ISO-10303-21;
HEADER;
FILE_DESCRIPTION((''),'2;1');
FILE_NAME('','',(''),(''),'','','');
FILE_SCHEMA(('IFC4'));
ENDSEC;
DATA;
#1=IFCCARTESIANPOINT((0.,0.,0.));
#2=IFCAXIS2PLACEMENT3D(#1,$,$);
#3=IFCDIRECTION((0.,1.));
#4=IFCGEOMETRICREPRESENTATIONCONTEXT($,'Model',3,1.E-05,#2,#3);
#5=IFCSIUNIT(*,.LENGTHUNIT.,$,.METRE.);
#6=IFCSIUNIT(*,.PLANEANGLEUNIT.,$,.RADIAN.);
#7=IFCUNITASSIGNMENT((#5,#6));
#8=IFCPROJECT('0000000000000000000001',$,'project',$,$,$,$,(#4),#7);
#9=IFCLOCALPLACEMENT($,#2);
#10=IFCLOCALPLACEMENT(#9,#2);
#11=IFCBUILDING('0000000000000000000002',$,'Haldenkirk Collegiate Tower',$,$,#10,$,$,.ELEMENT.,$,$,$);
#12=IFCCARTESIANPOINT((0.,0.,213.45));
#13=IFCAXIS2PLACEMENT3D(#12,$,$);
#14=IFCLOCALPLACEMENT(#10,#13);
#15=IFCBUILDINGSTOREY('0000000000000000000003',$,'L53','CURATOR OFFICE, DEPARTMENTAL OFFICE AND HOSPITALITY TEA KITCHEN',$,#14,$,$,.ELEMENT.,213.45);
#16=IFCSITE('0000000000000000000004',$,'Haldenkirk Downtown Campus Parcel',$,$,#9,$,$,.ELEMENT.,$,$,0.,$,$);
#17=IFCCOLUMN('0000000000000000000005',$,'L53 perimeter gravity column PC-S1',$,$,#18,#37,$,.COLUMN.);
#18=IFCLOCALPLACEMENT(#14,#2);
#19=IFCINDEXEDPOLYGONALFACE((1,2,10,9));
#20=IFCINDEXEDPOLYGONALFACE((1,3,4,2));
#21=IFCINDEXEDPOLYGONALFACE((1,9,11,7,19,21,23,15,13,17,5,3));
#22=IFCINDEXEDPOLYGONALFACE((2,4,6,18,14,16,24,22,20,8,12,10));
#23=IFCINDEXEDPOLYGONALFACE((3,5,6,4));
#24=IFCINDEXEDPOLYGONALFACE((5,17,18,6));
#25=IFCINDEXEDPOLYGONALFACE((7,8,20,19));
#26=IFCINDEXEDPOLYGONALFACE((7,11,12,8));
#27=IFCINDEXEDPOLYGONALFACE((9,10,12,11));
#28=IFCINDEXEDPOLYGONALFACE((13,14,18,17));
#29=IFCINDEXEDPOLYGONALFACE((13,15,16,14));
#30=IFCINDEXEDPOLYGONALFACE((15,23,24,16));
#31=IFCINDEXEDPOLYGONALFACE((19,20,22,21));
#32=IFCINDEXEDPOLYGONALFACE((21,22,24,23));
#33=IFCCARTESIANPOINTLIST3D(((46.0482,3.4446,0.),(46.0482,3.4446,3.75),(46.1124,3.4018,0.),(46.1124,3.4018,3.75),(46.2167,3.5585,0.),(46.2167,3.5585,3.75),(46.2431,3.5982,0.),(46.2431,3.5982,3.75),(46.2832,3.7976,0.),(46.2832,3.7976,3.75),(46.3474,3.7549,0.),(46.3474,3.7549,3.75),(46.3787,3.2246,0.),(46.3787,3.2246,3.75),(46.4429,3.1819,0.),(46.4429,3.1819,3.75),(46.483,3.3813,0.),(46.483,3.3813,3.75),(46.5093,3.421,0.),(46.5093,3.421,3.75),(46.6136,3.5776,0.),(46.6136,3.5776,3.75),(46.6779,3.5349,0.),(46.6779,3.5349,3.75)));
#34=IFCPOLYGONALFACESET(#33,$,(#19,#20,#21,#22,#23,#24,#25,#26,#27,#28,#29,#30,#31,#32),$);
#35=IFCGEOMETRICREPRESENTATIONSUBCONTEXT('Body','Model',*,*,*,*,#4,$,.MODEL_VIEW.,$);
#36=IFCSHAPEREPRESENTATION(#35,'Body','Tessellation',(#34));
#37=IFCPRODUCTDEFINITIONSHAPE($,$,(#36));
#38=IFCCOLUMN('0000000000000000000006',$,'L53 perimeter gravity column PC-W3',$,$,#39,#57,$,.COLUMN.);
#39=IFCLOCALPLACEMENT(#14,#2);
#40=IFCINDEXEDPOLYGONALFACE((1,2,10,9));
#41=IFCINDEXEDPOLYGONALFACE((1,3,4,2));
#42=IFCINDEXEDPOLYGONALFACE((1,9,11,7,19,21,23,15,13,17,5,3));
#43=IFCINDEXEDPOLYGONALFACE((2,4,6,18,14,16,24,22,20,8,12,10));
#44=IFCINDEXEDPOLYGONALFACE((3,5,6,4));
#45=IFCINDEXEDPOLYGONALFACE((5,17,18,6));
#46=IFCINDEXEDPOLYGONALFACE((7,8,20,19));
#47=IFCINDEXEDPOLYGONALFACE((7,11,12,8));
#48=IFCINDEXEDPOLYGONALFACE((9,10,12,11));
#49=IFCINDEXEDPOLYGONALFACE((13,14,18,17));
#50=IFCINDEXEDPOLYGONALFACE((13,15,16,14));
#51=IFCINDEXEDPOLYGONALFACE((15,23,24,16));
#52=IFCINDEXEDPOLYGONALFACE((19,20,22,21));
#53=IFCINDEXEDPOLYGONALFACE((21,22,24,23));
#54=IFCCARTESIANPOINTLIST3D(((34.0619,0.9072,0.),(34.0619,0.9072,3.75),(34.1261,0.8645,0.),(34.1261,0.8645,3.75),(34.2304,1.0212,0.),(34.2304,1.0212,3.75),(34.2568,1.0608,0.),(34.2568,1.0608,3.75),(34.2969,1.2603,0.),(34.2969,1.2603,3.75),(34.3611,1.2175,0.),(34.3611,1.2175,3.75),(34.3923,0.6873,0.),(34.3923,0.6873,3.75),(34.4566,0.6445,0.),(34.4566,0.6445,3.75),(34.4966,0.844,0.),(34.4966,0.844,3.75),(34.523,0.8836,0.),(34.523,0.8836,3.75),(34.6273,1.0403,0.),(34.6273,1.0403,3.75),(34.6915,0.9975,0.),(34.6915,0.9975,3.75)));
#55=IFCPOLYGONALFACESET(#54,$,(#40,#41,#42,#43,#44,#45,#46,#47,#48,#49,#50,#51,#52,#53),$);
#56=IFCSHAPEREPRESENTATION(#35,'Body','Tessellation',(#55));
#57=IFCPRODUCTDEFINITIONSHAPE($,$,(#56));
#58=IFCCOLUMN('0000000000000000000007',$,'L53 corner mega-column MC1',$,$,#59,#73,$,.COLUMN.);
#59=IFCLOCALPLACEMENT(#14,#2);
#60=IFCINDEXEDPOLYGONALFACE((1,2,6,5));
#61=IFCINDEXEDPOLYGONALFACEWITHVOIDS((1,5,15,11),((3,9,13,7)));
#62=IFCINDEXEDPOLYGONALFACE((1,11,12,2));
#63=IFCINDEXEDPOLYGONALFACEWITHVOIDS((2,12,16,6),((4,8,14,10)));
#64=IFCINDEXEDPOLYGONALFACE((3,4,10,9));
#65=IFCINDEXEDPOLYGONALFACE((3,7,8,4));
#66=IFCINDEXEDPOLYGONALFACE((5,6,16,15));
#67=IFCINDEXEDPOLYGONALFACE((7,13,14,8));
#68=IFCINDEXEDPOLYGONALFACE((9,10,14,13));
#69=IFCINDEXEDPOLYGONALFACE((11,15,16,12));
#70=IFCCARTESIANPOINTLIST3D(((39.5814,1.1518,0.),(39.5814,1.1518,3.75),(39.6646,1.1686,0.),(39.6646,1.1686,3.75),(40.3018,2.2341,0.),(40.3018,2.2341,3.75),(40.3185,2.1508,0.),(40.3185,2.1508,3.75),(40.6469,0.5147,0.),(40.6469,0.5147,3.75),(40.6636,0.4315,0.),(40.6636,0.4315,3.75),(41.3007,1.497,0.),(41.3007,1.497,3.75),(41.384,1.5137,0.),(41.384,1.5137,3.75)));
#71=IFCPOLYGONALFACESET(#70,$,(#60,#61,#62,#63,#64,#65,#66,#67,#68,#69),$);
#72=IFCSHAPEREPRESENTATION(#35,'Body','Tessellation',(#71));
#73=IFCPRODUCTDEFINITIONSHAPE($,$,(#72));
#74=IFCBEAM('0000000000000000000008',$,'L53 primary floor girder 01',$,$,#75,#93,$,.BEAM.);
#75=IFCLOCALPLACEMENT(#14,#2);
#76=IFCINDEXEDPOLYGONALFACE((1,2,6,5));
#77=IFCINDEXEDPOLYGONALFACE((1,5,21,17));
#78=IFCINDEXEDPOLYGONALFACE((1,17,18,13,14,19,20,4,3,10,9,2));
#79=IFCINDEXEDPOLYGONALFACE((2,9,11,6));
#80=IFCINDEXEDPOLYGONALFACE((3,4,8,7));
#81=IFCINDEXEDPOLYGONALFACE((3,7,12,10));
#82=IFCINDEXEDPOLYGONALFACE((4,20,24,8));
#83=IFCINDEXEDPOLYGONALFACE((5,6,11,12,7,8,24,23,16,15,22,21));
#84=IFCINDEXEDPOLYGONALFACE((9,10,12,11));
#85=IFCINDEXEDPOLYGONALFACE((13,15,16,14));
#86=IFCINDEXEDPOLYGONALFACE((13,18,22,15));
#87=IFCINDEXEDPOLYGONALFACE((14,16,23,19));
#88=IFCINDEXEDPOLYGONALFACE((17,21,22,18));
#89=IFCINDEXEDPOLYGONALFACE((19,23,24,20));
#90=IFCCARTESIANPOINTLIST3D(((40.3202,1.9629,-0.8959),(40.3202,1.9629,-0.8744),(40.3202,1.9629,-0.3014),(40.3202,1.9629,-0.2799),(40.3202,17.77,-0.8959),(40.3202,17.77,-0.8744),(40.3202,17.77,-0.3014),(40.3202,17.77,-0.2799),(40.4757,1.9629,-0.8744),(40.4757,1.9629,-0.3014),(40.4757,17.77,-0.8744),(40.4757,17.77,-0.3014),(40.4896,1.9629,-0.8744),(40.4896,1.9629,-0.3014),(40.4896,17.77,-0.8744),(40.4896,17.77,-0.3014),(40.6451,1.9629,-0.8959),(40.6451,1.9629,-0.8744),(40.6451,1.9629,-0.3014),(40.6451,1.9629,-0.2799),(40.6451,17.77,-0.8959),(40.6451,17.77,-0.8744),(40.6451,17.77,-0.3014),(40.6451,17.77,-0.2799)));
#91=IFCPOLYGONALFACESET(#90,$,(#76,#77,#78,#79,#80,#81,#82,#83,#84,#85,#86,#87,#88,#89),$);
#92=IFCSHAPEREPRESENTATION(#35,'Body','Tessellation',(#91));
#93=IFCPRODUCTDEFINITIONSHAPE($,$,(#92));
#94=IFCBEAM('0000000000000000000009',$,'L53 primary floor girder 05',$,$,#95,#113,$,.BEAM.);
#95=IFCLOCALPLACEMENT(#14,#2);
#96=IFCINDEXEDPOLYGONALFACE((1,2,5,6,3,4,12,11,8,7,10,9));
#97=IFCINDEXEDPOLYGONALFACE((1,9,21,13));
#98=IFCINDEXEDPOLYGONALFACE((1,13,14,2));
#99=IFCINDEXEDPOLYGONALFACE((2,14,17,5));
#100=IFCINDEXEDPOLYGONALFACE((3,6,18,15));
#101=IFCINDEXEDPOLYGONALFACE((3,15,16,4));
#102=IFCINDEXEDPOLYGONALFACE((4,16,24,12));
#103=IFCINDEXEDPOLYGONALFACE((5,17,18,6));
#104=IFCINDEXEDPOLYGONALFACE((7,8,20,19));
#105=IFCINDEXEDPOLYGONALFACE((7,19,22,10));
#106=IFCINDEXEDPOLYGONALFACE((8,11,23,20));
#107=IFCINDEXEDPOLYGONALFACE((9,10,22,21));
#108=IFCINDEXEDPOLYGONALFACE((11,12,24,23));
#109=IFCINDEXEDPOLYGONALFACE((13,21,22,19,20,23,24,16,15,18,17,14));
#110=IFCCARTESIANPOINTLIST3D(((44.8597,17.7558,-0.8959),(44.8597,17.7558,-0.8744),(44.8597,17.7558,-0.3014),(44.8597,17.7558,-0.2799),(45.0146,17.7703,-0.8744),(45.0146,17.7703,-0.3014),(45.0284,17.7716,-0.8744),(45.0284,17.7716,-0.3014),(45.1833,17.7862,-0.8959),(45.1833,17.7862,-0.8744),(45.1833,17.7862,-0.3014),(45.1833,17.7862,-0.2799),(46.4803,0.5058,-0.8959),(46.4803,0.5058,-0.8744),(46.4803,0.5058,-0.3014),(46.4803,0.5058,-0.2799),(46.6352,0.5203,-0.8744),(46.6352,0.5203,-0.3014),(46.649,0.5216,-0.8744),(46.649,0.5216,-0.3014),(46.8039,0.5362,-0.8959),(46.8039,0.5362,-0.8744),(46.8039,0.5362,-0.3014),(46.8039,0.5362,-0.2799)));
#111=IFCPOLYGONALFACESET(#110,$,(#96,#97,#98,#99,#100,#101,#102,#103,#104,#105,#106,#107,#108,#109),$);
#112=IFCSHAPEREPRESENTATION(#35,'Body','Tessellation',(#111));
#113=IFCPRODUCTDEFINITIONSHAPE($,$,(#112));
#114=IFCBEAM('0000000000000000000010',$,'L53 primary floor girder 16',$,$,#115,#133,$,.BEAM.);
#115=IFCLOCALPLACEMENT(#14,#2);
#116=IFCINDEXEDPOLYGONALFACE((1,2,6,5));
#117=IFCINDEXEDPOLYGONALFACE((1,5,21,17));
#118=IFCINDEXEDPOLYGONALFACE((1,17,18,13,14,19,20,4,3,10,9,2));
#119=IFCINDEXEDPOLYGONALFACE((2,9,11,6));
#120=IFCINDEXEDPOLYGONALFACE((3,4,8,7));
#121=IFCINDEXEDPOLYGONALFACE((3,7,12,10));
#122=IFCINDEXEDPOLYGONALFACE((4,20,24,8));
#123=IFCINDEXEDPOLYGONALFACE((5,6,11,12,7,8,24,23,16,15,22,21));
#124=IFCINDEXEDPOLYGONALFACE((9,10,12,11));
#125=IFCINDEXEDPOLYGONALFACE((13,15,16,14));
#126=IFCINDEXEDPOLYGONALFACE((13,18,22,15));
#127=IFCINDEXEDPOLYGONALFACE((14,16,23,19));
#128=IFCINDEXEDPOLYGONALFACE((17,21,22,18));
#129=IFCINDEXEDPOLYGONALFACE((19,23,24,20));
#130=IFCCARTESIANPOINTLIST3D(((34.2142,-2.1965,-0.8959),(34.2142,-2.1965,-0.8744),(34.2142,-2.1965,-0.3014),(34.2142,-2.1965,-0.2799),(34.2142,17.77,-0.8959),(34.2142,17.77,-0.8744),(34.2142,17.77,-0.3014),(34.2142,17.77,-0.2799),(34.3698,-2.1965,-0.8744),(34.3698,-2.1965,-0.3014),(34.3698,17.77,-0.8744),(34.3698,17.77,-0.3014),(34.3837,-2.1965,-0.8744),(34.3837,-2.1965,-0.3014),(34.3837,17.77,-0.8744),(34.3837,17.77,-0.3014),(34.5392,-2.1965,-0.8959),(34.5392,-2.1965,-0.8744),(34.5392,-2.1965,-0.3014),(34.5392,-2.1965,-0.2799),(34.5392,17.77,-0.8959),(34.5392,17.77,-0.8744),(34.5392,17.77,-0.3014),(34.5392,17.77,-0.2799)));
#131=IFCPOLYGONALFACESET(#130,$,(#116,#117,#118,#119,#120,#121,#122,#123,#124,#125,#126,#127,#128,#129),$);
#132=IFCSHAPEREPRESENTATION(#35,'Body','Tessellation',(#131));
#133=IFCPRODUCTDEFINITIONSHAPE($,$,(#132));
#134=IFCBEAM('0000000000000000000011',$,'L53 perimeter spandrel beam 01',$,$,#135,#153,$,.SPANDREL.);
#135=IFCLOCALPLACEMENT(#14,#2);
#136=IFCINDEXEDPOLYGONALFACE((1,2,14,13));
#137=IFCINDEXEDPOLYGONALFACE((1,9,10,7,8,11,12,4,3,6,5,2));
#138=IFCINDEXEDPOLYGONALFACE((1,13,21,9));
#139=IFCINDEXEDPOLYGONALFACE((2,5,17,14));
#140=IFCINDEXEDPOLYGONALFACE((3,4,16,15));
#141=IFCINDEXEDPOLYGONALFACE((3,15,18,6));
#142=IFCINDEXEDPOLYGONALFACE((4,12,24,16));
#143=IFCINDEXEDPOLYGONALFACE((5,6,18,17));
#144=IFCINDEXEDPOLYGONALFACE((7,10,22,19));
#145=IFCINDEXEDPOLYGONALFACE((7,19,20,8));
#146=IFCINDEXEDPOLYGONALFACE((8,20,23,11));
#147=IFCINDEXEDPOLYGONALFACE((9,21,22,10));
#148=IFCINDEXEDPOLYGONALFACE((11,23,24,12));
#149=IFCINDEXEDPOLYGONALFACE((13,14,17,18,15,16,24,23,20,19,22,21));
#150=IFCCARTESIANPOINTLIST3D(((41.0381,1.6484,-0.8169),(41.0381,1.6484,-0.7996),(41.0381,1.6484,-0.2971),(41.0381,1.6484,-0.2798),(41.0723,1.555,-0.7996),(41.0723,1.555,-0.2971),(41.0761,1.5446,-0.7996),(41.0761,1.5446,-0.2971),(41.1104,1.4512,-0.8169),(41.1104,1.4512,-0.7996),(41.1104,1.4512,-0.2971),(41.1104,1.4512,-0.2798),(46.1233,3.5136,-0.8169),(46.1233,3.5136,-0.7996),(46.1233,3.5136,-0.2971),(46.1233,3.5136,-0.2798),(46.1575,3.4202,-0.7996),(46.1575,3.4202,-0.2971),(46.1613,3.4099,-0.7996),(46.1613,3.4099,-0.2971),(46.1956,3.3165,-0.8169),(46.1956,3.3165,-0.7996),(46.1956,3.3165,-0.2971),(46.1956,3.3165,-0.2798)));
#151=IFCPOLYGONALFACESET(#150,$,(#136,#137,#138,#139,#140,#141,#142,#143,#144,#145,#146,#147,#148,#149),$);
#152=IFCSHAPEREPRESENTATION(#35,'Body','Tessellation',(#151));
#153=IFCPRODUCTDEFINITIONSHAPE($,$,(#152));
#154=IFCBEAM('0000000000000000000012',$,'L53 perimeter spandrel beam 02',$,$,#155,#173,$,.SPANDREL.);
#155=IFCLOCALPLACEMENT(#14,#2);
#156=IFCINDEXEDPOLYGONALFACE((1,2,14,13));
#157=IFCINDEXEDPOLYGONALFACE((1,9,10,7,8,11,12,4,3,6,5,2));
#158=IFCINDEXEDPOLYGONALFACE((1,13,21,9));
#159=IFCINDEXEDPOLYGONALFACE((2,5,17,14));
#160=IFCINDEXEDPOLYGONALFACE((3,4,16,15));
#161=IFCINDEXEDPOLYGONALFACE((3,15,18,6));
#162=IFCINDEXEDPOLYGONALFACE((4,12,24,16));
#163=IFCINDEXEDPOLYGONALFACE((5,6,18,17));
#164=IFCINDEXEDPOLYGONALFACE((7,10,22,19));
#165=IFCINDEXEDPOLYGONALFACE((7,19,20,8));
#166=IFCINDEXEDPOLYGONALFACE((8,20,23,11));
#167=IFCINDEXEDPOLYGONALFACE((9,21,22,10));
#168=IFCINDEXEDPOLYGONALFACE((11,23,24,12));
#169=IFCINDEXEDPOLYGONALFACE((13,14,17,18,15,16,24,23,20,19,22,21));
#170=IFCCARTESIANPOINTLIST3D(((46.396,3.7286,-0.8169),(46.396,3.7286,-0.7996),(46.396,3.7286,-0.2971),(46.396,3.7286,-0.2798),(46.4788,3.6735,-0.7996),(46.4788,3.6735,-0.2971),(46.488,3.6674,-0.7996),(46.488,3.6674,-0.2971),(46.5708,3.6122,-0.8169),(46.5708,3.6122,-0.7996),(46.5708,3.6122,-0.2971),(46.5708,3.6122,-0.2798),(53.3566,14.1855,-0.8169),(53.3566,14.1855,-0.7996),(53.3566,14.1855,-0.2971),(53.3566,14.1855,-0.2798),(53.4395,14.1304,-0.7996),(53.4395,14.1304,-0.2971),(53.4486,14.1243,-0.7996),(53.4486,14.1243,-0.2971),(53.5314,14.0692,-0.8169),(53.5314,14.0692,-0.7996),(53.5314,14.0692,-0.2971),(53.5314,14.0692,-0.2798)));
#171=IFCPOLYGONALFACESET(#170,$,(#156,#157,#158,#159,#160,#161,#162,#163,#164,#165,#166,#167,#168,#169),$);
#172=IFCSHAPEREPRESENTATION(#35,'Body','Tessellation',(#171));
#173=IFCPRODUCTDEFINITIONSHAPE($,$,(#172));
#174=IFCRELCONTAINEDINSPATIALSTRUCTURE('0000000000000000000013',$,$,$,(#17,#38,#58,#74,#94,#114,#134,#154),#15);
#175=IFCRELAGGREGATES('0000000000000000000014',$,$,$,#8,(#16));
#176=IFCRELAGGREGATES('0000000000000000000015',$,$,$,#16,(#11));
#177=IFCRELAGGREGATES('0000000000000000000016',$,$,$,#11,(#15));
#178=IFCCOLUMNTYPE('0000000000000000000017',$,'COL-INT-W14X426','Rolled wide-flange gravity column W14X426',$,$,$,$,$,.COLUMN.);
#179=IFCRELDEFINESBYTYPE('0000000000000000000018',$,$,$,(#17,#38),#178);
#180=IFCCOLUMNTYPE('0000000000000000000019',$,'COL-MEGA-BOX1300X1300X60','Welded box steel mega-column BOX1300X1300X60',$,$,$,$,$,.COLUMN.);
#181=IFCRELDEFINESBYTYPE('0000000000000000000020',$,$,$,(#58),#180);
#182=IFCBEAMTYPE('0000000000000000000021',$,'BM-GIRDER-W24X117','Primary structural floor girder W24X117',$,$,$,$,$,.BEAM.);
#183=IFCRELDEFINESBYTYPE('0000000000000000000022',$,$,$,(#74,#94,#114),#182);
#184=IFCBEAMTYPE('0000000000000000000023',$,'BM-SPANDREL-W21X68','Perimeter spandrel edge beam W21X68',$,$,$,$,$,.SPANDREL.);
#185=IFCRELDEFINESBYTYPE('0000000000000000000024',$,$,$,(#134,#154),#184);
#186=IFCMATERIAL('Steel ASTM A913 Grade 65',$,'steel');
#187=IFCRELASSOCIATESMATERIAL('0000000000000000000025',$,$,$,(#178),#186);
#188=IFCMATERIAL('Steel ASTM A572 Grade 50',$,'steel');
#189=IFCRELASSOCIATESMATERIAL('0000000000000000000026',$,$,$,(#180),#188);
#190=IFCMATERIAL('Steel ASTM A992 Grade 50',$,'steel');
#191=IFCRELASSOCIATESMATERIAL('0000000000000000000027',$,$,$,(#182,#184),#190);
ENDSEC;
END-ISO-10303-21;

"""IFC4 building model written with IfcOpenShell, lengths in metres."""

from ifc_helpers import new_model, si_unit, direction, frame, origin, origin_2d, place, context, subcontext, project, spatial, hollow_rectangle, i_section, extrude, material, material_profile, profile_set, type_object, element, save


model = new_model("IFC4")

# Units and contexts
model_context = context("Model", 3, precision=1e-05, world=origin(), true_north=direction((0.0, 1.0)))
body_context = subcontext(model_context, "Body", "Model", "MODEL_VIEW")
ifc_project = project(units=[si_unit("LENGTHUNIT", "METRE"), si_unit("PLANEANGLEUNIT", "RADIAN")], contexts=[model_context])

# Site, building, storey
site_placement = place(None, origin())
site = spatial("IfcSite", under=ifc_project, at=site_placement, Name="Haldenkirk Downtown Campus Parcel", CompositionType="ELEMENT", RefElevation=0.0)
building_placement = place(site_placement, origin())
building = spatial("IfcBuilding", under=site, at=building_placement, Name="Haldenkirk Collegiate Tower", CompositionType="ELEMENT")
storey_placement = place(building_placement, frame((0.0, 0.0, 213.45)))
storey = spatial("IfcBuildingStorey", under=building, at=storey_placement, Name="L53", Description="CURATOR OFFICE, DEPARTMENTAL OFFICE AND HOSPITALITY TEA KITCHEN", CompositionType="ELEMENT", Elevation=213.45)

# Columns
ifc_material_1 = material(Name="Steel ASTM A913 Grade 65", Category="steel")
ifc_material_profile_1 = material_profile(ifc_material_1, i_section(OverallWidth=0.4241, OverallDepth=0.4741, WebThickness=0.0476, FlangeThickness=0.0771, at=origin_2d()), Name="W14X426")
ifc_profile_set_1 = profile_set([ifc_material_profile_1], Name="Steel ASTM A913 Grade 65")
column_type_1 = type_object("IfcColumnType", Name="COL-INT-W14X426", Description="Rolled wide-flange gravity column W14X426", PredefinedType="COLUMN", material=ifc_profile_set_1)
for number, where, z_axis, x_axis, name in (
    (1, (46.363, 3.4897, 0.0), (0.0, 0.0, 1.0), (0.554118, 0.832438, 0.0), "L53 perimeter gravity column PC-S1"),
    (2, (34.3767, 0.9524, 0.0), (0.0, 0.0, 1.0), (0.554118, 0.832438, 0.0), "L53 perimeter gravity column PC-W3"),
):
    element("IfcColumn", number, at=place(storey_placement, frame(where, z_axis=z_axis, x_axis=x_axis)), inside=storey, type_object=column_type_1, Name=name, PredefinedType="COLUMN", context=body_context, shape_type="SweptSolid", body=[
        extrude(i_section(OverallWidth=0.4241, OverallDepth=0.4741, WebThickness=0.0476, FlangeThickness=0.0771, at=origin_2d()), origin(), (0.0, 0.0, 1.0), 3.75),
    ])
ifc_material_2 = material(Name="Steel ASTM A572 Grade 50", Category="steel")
ifc_material_profile_2 = material_profile(ifc_material_2, hollow_rectangle(XDim=1.3, YDim=1.3, WallThickness=0.0601, at=origin_2d()), Name="BOX1300X1300X60")
ifc_profile_set_2 = profile_set([ifc_material_profile_2], Name="Steel ASTM A572 Grade 50")
column_type_2 = type_object("IfcColumnType", Name="COL-MEGA-BOX1300X1300X60", Description="Welded box steel mega-column BOX1300X1300X60", PredefinedType="COLUMN", material=ifc_profile_set_2)
column_placement = place(storey_placement, frame((40.4827, 1.3328, 0.0), z_axis=(0.0, 0.0, 1.0), x_axis=(0.554118, 0.832438, 0.0)))
element("IfcColumn", 3, at=column_placement, inside=storey, type_object=column_type_2, Name="L53 corner mega-column MC1", PredefinedType="COLUMN", context=body_context, shape_type="SweptSolid", body=[
    extrude(hollow_rectangle(XDim=1.3, YDim=1.3, WallThickness=0.0601, at=origin_2d()), origin(), (0.0, 0.0, 1.0), 3.75),
])

# Beams
ifc_material_3 = material(Name="Steel ASTM A992 Grade 50", Category="steel")
ifc_material_profile_3 = material_profile(ifc_material_3, i_section(OverallWidth=0.325, OverallDepth=0.616, WebThickness=0.0139, FlangeThickness=0.0215, at=origin_2d()), Name="W24X117")
ifc_profile_set_3 = profile_set([ifc_material_profile_3], Name="Steel ASTM A992 Grade 50")
beam_type_1 = type_object("IfcBeamType", Name="BM-GIRDER-W24X117", Description="Primary structural floor girder W24X117", PredefinedType="BEAM", material=ifc_profile_set_3)
beam_1_placement = place(storey_placement, frame((40.4827, 1.9629, -0.5879), z_axis=(0.0, 1.0, 0.0), x_axis=(-1.0, 0.0, 0.0)))
element("IfcBeam", 4, at=beam_1_placement, inside=storey, type_object=beam_type_1, Name="L53 primary floor girder 01", PredefinedType="BEAM", context=body_context, shape_type="SweptSolid", body=[
    extrude(i_section(OverallWidth=0.325, OverallDepth=0.616, WebThickness=0.0139, FlangeThickness=0.0215, at=origin_2d()), origin(), (0.0, 0.0, 1.0), 15.8071),
])
beam_2_placement = place(storey_placement, frame((46.6421, 0.521, -0.5879), z_axis=(-0.093536, 0.995616, 0.0), x_axis=(-0.995616, -0.093536, 0.0)))
element("IfcBeam", 5, at=beam_2_placement, inside=storey, type_object=beam_type_1, Name="L53 primary floor girder 05", PredefinedType="BEAM", context=body_context, shape_type="SweptSolid", body=[
    extrude(i_section(OverallWidth=0.325, OverallDepth=0.616, WebThickness=0.0139, FlangeThickness=0.0215, at=origin_2d()), origin(), (0.0, 0.0, 1.0), 17.3259),
])
beam_3_placement = place(storey_placement, frame((34.3767, -2.1965, -0.5879), z_axis=(0.0, 1.0, 0.0), x_axis=(-1.0, 0.0, 0.0)))
element("IfcBeam", 6, at=beam_3_placement, inside=storey, type_object=beam_type_1, Name="L53 primary floor girder 16", PredefinedType="BEAM", context=body_context, shape_type="SweptSolid", body=[
    extrude(i_section(OverallWidth=0.325, OverallDepth=0.616, WebThickness=0.0139, FlangeThickness=0.0215, at=origin_2d()), origin(), (0.0, 0.0, 1.0), 19.9666),
])
ifc_material_profile_4 = material_profile(ifc_material_3, i_section(OverallWidth=0.21, OverallDepth=0.5371, WebThickness=0.011, FlangeThickness=0.0173, at=origin_2d()), Name="W21X68")
ifc_profile_set_4 = profile_set([ifc_material_profile_4], Name="Steel ASTM A992 Grade 50")
beam_type_2 = type_object("IfcBeamType", Name="BM-SPANDREL-W21X68", Description="Perimeter spandrel edge beam W21X68", PredefinedType="SPANDREL", material=ifc_profile_set_4)
beam_4_placement = place(storey_placement, frame((41.0742, 1.5498, -0.5483), z_axis=(0.938837, 0.344362, 0.0), x_axis=(-0.344362, 0.938837, 0.0)))
element("IfcBeam", 7, at=beam_4_placement, inside=storey, type_object=beam_type_2, Name="L53 perimeter spandrel beam 01", PredefinedType="SPANDREL", context=body_context, shape_type="SweptSolid", body=[
    extrude(i_section(OverallWidth=0.21, OverallDepth=0.5371, WebThickness=0.011, FlangeThickness=0.0173, at=origin_2d()), origin(), (0.0, 0.0, 1.0), 5.4165),
])
beam_5_placement = place(storey_placement, frame((46.4834, 3.6704, -0.5483), z_axis=(0.554113, 0.832442, 0.0), x_axis=(-0.832442, 0.554113, 0.0)))
element("IfcBeam", 8, at=beam_5_placement, inside=storey, type_object=beam_type_2, Name="L53 perimeter spandrel beam 02", PredefinedType="SPANDREL", context=body_context, shape_type="SweptSolid", body=[
    extrude(i_section(OverallWidth=0.21, OverallDepth=0.5371, WebThickness=0.011, FlangeThickness=0.0173, at=origin_2d()), origin(), (0.0, 0.0, 1.0), 12.5618),
])

save(model, "model.ifc")
